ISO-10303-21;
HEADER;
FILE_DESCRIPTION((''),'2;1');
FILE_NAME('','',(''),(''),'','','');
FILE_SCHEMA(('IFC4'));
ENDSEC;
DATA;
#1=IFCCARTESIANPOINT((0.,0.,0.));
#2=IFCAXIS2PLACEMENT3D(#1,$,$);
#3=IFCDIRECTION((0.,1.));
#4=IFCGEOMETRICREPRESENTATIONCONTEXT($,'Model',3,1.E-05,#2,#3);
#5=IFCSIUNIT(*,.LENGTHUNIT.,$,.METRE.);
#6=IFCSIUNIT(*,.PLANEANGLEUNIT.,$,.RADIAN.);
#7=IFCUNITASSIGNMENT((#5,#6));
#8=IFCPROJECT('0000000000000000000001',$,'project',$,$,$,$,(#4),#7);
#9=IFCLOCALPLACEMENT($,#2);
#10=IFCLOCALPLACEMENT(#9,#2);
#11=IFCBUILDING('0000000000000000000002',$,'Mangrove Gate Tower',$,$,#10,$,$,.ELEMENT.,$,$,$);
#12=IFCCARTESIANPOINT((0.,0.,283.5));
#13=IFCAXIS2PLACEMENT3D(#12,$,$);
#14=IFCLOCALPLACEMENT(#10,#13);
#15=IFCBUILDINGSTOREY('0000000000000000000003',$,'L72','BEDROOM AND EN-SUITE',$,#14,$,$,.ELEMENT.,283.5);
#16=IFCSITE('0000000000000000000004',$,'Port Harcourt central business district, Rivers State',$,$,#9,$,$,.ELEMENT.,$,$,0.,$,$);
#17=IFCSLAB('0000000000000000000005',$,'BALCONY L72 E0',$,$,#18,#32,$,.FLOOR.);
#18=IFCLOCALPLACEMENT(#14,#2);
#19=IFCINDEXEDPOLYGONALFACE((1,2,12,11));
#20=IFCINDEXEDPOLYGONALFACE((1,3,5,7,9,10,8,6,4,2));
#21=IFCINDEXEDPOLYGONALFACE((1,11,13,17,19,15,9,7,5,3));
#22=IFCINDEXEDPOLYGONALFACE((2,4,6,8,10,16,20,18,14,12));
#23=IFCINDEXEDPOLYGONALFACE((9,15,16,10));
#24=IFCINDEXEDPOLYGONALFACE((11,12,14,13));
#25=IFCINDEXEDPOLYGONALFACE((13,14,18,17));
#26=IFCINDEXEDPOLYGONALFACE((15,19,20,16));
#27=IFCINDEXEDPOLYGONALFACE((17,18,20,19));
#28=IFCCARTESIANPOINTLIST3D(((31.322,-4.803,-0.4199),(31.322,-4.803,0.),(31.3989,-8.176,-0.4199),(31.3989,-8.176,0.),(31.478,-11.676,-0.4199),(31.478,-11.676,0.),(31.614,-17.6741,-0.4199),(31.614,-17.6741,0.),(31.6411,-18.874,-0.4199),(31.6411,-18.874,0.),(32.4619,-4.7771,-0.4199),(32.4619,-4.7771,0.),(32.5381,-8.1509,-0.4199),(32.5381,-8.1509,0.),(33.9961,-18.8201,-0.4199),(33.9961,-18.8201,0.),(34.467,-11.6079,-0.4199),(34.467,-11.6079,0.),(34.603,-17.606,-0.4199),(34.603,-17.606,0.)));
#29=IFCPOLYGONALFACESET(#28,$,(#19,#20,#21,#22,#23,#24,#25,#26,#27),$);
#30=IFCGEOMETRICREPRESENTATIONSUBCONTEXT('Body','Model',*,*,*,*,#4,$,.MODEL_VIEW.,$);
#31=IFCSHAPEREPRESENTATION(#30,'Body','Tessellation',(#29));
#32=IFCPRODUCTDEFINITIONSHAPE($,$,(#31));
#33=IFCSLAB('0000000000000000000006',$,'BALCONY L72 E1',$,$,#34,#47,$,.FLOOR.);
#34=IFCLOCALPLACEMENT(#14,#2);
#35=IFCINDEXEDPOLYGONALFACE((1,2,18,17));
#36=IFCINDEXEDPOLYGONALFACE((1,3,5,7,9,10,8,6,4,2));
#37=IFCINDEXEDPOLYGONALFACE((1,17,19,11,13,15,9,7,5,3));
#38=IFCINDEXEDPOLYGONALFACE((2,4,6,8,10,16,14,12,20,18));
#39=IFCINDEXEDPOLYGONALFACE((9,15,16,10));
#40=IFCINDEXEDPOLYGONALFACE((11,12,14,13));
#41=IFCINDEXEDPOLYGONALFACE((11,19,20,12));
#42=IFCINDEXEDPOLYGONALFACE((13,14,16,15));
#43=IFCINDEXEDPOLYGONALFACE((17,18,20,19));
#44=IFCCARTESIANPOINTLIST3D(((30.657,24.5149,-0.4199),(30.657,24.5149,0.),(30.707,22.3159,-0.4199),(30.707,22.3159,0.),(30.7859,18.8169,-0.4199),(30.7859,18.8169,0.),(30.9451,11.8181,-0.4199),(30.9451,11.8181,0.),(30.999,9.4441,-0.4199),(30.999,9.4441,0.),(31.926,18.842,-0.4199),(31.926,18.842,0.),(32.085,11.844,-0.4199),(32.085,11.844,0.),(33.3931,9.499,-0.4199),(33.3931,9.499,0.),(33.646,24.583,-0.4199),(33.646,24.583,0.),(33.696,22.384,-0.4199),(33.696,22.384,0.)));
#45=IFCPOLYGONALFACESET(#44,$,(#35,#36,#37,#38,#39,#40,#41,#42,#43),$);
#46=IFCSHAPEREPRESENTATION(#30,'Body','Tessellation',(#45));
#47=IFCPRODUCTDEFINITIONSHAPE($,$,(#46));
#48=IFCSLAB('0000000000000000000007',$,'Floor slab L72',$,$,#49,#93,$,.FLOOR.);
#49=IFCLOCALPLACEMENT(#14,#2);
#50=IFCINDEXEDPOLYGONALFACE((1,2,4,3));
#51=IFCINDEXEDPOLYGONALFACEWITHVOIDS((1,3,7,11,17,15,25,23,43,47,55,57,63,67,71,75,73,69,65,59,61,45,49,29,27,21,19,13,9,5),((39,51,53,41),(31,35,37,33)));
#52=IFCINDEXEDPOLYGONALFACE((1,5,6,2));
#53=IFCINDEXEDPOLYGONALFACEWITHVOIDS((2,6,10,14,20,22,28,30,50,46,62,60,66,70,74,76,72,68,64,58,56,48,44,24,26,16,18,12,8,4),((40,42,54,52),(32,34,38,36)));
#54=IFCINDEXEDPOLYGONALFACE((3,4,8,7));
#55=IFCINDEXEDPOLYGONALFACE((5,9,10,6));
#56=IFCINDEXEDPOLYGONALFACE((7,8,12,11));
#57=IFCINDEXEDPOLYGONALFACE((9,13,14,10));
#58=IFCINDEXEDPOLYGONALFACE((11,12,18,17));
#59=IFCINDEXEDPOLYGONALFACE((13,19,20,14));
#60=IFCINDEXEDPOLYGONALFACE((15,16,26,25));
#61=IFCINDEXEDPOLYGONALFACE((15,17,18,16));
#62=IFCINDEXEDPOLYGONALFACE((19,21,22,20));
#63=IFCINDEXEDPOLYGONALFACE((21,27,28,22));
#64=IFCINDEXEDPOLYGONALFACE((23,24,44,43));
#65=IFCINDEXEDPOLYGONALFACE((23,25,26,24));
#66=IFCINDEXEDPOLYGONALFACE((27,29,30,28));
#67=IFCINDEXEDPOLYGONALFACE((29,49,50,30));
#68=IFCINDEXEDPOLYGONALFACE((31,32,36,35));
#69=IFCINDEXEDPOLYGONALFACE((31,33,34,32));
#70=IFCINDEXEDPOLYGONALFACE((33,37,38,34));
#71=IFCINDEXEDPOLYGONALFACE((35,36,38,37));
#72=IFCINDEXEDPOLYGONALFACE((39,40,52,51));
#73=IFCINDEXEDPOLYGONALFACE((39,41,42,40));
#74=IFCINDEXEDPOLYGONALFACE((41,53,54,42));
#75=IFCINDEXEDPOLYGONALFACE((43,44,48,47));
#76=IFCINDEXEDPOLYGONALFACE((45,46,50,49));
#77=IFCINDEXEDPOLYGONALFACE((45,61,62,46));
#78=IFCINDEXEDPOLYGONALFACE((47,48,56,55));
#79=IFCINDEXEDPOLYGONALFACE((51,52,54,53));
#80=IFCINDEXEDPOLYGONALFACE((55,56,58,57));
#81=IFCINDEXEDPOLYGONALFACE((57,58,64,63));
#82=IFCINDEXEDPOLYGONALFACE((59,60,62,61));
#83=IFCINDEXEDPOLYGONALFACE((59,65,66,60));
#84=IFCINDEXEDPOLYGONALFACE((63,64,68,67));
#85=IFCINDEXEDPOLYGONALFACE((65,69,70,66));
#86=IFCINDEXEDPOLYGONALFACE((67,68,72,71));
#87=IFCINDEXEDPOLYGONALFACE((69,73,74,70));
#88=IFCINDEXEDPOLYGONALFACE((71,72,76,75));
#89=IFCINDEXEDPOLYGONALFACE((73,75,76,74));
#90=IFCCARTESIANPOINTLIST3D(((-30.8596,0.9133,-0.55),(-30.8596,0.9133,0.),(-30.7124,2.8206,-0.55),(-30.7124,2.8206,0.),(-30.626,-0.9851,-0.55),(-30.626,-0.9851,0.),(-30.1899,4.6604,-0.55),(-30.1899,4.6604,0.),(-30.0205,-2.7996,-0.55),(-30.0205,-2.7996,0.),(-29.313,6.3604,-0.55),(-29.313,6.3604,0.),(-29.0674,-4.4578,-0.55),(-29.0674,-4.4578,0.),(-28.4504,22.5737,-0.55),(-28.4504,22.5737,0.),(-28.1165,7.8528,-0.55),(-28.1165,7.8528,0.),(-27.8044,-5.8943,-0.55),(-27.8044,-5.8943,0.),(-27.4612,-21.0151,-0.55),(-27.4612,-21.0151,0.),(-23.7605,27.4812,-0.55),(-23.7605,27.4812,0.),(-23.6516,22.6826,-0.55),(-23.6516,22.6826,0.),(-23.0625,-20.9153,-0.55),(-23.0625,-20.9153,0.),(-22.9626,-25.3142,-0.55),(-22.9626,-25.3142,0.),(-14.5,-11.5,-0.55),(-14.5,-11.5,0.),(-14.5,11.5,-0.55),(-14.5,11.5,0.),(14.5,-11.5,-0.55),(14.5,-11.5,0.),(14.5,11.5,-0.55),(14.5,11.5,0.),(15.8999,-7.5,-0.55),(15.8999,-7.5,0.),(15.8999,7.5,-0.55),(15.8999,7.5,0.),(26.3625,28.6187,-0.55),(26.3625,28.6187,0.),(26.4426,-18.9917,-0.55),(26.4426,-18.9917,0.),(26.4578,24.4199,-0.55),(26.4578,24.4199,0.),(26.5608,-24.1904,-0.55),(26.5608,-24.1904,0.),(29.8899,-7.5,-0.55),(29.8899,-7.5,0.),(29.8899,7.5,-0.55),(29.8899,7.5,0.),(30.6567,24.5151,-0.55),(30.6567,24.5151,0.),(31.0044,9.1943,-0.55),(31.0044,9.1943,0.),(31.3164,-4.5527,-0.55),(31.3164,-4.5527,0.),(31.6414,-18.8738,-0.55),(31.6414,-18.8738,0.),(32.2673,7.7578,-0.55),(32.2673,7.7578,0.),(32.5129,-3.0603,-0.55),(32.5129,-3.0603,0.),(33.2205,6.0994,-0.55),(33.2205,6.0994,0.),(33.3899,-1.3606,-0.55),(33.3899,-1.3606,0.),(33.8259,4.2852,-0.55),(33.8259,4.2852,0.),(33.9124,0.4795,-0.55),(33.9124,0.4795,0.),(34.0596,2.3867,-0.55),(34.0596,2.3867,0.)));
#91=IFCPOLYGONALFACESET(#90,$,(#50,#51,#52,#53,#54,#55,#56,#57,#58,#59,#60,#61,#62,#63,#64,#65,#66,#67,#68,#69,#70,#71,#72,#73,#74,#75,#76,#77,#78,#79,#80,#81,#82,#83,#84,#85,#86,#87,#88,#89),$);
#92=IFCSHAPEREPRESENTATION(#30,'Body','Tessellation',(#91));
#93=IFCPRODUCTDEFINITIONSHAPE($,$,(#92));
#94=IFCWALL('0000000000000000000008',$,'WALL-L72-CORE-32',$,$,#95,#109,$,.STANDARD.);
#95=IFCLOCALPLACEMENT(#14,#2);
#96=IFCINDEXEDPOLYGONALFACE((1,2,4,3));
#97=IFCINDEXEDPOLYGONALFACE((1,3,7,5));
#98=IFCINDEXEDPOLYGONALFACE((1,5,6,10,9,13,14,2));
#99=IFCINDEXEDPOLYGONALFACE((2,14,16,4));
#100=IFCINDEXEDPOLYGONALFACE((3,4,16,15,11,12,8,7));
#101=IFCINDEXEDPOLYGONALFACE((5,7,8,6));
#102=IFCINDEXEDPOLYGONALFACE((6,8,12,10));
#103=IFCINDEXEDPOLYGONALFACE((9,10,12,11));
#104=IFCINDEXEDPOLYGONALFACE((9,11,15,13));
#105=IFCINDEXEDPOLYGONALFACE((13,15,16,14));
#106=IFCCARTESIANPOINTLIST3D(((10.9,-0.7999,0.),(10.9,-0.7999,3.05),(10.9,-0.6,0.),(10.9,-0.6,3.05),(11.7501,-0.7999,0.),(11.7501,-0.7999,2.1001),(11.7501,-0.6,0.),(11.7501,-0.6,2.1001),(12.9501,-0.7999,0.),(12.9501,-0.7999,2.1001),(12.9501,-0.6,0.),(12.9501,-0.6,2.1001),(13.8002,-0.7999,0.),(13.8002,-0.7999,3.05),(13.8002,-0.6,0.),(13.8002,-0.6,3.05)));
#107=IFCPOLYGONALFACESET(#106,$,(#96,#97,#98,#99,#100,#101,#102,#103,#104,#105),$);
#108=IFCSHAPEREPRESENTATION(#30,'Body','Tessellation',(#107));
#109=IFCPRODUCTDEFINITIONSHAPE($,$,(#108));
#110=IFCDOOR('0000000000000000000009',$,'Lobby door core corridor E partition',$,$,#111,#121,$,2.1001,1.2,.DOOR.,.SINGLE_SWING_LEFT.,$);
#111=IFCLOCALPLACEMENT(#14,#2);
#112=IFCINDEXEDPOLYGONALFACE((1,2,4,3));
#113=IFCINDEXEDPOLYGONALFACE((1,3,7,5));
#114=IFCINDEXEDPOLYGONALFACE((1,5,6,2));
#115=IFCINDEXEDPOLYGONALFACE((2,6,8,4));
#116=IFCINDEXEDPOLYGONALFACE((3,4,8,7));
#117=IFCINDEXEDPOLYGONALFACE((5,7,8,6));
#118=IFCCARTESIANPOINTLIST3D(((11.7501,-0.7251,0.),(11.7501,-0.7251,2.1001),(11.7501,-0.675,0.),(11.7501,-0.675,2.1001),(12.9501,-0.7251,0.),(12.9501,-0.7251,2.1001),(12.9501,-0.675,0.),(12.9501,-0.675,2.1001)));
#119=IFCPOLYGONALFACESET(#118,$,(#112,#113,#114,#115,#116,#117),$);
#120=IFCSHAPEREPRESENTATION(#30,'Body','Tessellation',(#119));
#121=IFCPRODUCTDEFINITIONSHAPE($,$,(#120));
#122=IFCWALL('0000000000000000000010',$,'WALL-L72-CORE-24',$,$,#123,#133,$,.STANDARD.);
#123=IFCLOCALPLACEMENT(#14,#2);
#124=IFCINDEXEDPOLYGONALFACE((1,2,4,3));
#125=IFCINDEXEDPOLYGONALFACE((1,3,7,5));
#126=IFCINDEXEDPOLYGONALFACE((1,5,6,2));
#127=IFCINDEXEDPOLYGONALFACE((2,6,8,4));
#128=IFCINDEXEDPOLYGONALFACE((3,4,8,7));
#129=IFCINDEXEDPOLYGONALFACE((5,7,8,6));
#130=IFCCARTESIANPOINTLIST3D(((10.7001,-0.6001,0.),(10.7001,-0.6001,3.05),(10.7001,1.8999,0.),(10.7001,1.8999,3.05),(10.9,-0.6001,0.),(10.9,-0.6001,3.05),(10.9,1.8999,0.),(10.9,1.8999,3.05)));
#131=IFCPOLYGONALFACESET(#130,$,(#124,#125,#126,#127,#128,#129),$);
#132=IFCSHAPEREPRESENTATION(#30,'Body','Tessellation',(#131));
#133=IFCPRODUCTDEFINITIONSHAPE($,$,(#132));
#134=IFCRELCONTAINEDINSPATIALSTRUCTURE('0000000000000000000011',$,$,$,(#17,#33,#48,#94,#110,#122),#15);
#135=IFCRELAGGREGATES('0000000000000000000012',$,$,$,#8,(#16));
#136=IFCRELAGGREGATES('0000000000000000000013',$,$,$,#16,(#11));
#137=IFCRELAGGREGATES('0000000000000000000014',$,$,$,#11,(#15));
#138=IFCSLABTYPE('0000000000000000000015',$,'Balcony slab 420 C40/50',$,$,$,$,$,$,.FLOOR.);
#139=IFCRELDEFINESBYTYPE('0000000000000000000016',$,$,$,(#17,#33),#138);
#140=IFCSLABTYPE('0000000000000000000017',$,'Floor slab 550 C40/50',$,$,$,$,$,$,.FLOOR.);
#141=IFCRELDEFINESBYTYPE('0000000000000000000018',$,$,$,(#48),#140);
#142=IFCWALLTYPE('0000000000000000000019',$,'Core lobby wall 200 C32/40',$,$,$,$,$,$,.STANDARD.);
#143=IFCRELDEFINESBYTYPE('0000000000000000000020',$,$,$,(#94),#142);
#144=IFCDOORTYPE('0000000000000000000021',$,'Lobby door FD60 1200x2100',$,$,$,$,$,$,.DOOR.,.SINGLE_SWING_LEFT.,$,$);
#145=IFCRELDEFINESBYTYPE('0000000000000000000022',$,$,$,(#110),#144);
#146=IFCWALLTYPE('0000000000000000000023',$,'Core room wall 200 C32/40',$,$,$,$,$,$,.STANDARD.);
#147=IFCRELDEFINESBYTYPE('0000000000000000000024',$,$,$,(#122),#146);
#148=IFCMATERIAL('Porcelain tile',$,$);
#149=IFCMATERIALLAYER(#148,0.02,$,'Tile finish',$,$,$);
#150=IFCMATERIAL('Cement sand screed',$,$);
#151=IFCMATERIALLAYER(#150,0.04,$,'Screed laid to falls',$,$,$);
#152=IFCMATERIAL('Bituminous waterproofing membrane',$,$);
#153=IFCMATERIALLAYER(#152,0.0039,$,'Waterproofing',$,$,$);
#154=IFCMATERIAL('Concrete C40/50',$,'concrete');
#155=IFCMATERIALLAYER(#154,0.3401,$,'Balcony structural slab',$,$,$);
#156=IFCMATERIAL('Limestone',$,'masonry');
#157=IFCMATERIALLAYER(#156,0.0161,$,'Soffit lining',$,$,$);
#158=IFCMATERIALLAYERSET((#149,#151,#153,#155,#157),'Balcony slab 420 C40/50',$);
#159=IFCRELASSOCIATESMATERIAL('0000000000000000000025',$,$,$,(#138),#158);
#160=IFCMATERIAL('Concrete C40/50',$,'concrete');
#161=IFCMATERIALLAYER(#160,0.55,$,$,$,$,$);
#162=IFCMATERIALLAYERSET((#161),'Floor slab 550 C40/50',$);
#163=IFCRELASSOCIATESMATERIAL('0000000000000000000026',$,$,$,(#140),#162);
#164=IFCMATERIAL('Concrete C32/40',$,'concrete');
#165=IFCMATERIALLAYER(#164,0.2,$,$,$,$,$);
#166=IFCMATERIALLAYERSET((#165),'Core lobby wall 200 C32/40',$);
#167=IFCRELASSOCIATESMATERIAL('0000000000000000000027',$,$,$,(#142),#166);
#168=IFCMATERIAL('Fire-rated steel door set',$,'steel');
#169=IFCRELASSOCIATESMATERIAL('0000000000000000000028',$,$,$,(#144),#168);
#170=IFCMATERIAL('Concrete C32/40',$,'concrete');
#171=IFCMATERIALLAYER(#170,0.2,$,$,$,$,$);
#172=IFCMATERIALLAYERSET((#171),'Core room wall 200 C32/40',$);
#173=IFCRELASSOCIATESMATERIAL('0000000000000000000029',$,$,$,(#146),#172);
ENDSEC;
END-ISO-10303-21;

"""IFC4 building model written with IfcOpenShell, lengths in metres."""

from ifc_helpers import new_model, si_unit, direction, frame, frame_2d, origin, place, context, subcontext, project, spatial, polyline, rectangle, outline, extrude, material, layer, layer_set, type_object, element, fill, save


model = new_model("IFC4")

# Units and contexts
model_context = context("Model", 3, precision=1e-05, world=origin(), true_north=direction((0.0, 1.0)))
body_context = subcontext(model_context, "Body", "Model", "MODEL_VIEW")
ifc_project = project(units=[si_unit("LENGTHUNIT", "METRE"), si_unit("PLANEANGLEUNIT", "RADIAN")], contexts=[model_context])

# Site, building, storey
site_placement = place(None, origin())
site = spatial("IfcSite", under=ifc_project, at=site_placement, Name="Port Harcourt central business district, Rivers State", CompositionType="ELEMENT", RefElevation=0.0)
building_placement = place(site_placement, origin())
building = spatial("IfcBuilding", under=site, at=building_placement, Name="Mangrove Gate Tower", CompositionType="ELEMENT")
storey_placement = place(building_placement, frame((0.0, 0.0, 283.5)))
storey = spatial("IfcBuildingStorey", under=building, at=storey_placement, Name="L72", Description="BEDROOM AND EN-SUITE", CompositionType="ELEMENT", Elevation=283.5)

# Slabs
ifc_material_1 = material(Name="Porcelain tile")
ifc_layer_1 = layer(ifc_material_1, 0.02, Name="Tile finish")
ifc_material_2 = material(Name="Cement sand screed")
ifc_layer_2 = layer(ifc_material_2, 0.04, Name="Screed laid to falls")
ifc_material_3 = material(Name="Bituminous waterproofing membrane")
ifc_layer_3 = layer(ifc_material_3, 0.0039, Name="Waterproofing")
ifc_material_4 = material(Name="Concrete C40/50", Category="concrete")
ifc_layer_4 = layer(ifc_material_4, 0.3401, Name="Balcony structural slab")
ifc_material_5 = material(Name="Limestone", Category="masonry")
ifc_layer_5 = layer(ifc_material_5, 0.0161, Name="Soffit lining")
ifc_layer_set_1 = layer_set([ifc_layer_1, ifc_layer_2, ifc_layer_3, ifc_layer_4, ifc_layer_5], Name="Balcony slab 420 C40/50")
slab_type_1 = type_object("IfcSlabType", Name="Balcony slab 420 C40/50", PredefinedType="FLOOR", material=ifc_layer_set_1)
slab_1_placement = place(storey_placement, frame((0.0, 0.0, -0.4199)))
element("IfcSlab", 1, at=slab_1_placement, inside=storey, type_object=slab_type_1, Name="BALCONY L72 E0", PredefinedType="FLOOR", context=body_context, shape_type="SweptSolid", body=[
    extrude(outline(polyline([(33.9961, -18.8201), (34.603, -17.606), (34.467, -11.6079), (32.5381, -8.1509), (32.4619, -4.7771), (31.322, -4.803), (31.3989, -8.176), (31.478, -11.676), (31.614, -17.6741), (31.6411, -18.874), (33.9961, -18.8201)])), origin(), (0.0, 0.0, 1.0), 0.4199),
])
slab_2_placement = place(storey_placement, frame((0.0, 0.0, -0.4199)))
element("IfcSlab", 2, at=slab_2_placement, inside=storey, type_object=slab_type_1, Name="BALCONY L72 E1", PredefinedType="FLOOR", context=body_context, shape_type="SweptSolid", body=[
    extrude(outline(polyline([(33.3931, 9.499), (32.085, 11.844), (31.926, 18.842), (33.696, 22.384), (33.646, 24.583), (30.657, 24.5149), (30.707, 22.3159), (30.7859, 18.8169), (30.9451, 11.8181), (30.999, 9.4441), (33.3931, 9.499)])), origin(), (0.0, 0.0, 1.0), 0.4199),
])
ifc_material_6 = material(Name="Concrete C40/50", Category="concrete")
ifc_layer_6 = layer(ifc_material_6, 0.55)
ifc_layer_set_2 = layer_set([ifc_layer_6], Name="Floor slab 550 C40/50")
slab_type_2 = type_object("IfcSlabType", Name="Floor slab 550 C40/50", PredefinedType="FLOOR", material=ifc_layer_set_2)
slab_3_placement = place(storey_placement, frame((0.0, 0.0, -0.55)))
element("IfcSlab", 3, at=slab_3_placement, inside=storey, type_object=slab_type_2, Name="Floor slab L72", PredefinedType="FLOOR", context=body_context, shape_type="SweptSolid", body=[
    extrude(outline(polyline([(-22.9626, -25.3142), (26.5608, -24.1904), (26.4426, -18.9917), (31.6414, -18.8738), (31.3164, -4.5527), (32.5129, -3.0603), (33.3899, -1.3606), (33.9124, 0.4795), (34.0596, 2.3867), (33.8259, 4.2852), (33.2205, 6.0994), (32.2673, 7.7578), (31.0044, 9.1943), (30.6567, 24.5151), (26.4578, 24.4199), (26.3625, 28.6187), (-23.7605, 27.4812), (-23.6516, 22.6826), (-28.4504, 22.5737), (-28.1165, 7.8528), (-29.313, 6.3604), (-30.1899, 4.6604), (-30.7124, 2.8206), (-30.8596, 0.9133), (-30.626, -0.9851), (-30.0205, -2.7996), (-29.0674, -4.4578), (-27.8044, -5.8943), (-27.4612, -21.0151), (-23.0625, -20.9153), (-22.9626, -25.3142)]), holes=[polyline([(15.8999, 7.5), (29.8899, 7.5), (29.8899, -7.5), (15.8999, -7.5), (15.8999, 7.5)]), polyline([(-14.5, -11.5), (-14.5, 11.5), (14.5, 11.5), (14.5, -11.5), (-14.5, -11.5)])]), origin(), (0.0, 0.0, 1.0), 0.55),
])

# Wall, opening, door
ifc_material_7 = material(Name="Concrete C32/40", Category="concrete")
ifc_layer_7 = layer(ifc_material_7, 0.2)
ifc_layer_set_3 = layer_set([ifc_layer_7], Name="Core lobby wall 200 C32/40")
wall_type_1 = type_object("IfcWallType", Name="Core lobby wall 200 C32/40", PredefinedType="STANDARD", material=ifc_layer_set_3)
wall_1_placement = place(storey_placement, frame((10.8999, -0.7, 0.0), z_axis=(0.0, 0.0, 1.0), x_axis=(1.0, 0.0, 0.0)))
wall_1 = element("IfcWall", 4, at=wall_1_placement, inside=storey, type_object=wall_type_1, Name="WALL-L72-CORE-32", PredefinedType="STANDARD", context=body_context, shape_type="SweptSolid", body=[
    extrude(rectangle(XDim=2.9001, YDim=0.2, at=frame_2d((1.4502, 0.0))), origin(), (0.0, 0.0, 1.0), 3.05),
])
opening_1_placement = place(wall_1_placement, frame((0.8501, 0.0, 0.0)))
opening_1 = element("IfcOpeningElement", 5, at=opening_1_placement, cuts=wall_1, PredefinedType="OPENING", context=body_context, shape_type="SweptSolid", body=[
    extrude(rectangle(XDim=1.2, YDim=2.1001, at=frame_2d((0.6001, 1.05))), frame((0.0, 0.1099, 0.0), z_axis=(0.0, -1.0, 0.0), x_axis=(1.0, 0.0, 0.0)), (0.0, 0.0, 1.0), 0.22),
])
ifc_material_8 = material(Name="Fire-rated steel door set", Category="steel")
door_type_1 = type_object("IfcDoorType", Name="Lobby door FD60 1200x2100", OperationType="SINGLE_SWING_LEFT", PredefinedType="DOOR", material=ifc_material_8)
door_1_placement = place(opening_1_placement, origin())
door_1 = element("IfcDoor", 6, at=door_1_placement, inside=storey, type_object=door_type_1, Name="Lobby door core corridor E partition", OperationType="SINGLE_SWING_LEFT", OverallHeight=2.1001, OverallWidth=1.2, PredefinedType="DOOR", context=body_context, shape_type="SweptSolid", body=[
    extrude(rectangle(XDim=1.2, YDim=2.1001, at=frame_2d((0.6001, 1.05))), frame((0.0, 0.0249, 0.0), z_axis=(0.0, -1.0, 0.0), x_axis=(1.0, 0.0, 0.0)), (0.0, 0.0, 1.0), 0.05),
])
fill(opening_1, door_1)

# Wall
ifc_material_9 = material(Name="Concrete C32/40", Category="concrete")
ifc_layer_8 = layer(ifc_material_9, 0.2)
ifc_layer_set_4 = layer_set([ifc_layer_8], Name="Core room wall 200 C32/40")
wall_type_2 = type_object("IfcWallType", Name="Core room wall 200 C32/40", PredefinedType="STANDARD", material=ifc_layer_set_4)
wall_2_placement = place(storey_placement, frame((10.8, -0.6001, 0.0), z_axis=(0.0, 0.0, 1.0), x_axis=(0.0, 1.0, 0.0)))
element("IfcWall", 7, at=wall_2_placement, inside=storey, type_object=wall_type_2, Name="WALL-L72-CORE-24", PredefinedType="STANDARD", context=body_context, shape_type="SweptSolid", body=[
    extrude(rectangle(XDim=2.5, YDim=0.2, at=frame_2d((1.25, 0.0))), origin(), (0.0, 0.0, 1.0), 3.05),
])

save(model, "model.ifc")
